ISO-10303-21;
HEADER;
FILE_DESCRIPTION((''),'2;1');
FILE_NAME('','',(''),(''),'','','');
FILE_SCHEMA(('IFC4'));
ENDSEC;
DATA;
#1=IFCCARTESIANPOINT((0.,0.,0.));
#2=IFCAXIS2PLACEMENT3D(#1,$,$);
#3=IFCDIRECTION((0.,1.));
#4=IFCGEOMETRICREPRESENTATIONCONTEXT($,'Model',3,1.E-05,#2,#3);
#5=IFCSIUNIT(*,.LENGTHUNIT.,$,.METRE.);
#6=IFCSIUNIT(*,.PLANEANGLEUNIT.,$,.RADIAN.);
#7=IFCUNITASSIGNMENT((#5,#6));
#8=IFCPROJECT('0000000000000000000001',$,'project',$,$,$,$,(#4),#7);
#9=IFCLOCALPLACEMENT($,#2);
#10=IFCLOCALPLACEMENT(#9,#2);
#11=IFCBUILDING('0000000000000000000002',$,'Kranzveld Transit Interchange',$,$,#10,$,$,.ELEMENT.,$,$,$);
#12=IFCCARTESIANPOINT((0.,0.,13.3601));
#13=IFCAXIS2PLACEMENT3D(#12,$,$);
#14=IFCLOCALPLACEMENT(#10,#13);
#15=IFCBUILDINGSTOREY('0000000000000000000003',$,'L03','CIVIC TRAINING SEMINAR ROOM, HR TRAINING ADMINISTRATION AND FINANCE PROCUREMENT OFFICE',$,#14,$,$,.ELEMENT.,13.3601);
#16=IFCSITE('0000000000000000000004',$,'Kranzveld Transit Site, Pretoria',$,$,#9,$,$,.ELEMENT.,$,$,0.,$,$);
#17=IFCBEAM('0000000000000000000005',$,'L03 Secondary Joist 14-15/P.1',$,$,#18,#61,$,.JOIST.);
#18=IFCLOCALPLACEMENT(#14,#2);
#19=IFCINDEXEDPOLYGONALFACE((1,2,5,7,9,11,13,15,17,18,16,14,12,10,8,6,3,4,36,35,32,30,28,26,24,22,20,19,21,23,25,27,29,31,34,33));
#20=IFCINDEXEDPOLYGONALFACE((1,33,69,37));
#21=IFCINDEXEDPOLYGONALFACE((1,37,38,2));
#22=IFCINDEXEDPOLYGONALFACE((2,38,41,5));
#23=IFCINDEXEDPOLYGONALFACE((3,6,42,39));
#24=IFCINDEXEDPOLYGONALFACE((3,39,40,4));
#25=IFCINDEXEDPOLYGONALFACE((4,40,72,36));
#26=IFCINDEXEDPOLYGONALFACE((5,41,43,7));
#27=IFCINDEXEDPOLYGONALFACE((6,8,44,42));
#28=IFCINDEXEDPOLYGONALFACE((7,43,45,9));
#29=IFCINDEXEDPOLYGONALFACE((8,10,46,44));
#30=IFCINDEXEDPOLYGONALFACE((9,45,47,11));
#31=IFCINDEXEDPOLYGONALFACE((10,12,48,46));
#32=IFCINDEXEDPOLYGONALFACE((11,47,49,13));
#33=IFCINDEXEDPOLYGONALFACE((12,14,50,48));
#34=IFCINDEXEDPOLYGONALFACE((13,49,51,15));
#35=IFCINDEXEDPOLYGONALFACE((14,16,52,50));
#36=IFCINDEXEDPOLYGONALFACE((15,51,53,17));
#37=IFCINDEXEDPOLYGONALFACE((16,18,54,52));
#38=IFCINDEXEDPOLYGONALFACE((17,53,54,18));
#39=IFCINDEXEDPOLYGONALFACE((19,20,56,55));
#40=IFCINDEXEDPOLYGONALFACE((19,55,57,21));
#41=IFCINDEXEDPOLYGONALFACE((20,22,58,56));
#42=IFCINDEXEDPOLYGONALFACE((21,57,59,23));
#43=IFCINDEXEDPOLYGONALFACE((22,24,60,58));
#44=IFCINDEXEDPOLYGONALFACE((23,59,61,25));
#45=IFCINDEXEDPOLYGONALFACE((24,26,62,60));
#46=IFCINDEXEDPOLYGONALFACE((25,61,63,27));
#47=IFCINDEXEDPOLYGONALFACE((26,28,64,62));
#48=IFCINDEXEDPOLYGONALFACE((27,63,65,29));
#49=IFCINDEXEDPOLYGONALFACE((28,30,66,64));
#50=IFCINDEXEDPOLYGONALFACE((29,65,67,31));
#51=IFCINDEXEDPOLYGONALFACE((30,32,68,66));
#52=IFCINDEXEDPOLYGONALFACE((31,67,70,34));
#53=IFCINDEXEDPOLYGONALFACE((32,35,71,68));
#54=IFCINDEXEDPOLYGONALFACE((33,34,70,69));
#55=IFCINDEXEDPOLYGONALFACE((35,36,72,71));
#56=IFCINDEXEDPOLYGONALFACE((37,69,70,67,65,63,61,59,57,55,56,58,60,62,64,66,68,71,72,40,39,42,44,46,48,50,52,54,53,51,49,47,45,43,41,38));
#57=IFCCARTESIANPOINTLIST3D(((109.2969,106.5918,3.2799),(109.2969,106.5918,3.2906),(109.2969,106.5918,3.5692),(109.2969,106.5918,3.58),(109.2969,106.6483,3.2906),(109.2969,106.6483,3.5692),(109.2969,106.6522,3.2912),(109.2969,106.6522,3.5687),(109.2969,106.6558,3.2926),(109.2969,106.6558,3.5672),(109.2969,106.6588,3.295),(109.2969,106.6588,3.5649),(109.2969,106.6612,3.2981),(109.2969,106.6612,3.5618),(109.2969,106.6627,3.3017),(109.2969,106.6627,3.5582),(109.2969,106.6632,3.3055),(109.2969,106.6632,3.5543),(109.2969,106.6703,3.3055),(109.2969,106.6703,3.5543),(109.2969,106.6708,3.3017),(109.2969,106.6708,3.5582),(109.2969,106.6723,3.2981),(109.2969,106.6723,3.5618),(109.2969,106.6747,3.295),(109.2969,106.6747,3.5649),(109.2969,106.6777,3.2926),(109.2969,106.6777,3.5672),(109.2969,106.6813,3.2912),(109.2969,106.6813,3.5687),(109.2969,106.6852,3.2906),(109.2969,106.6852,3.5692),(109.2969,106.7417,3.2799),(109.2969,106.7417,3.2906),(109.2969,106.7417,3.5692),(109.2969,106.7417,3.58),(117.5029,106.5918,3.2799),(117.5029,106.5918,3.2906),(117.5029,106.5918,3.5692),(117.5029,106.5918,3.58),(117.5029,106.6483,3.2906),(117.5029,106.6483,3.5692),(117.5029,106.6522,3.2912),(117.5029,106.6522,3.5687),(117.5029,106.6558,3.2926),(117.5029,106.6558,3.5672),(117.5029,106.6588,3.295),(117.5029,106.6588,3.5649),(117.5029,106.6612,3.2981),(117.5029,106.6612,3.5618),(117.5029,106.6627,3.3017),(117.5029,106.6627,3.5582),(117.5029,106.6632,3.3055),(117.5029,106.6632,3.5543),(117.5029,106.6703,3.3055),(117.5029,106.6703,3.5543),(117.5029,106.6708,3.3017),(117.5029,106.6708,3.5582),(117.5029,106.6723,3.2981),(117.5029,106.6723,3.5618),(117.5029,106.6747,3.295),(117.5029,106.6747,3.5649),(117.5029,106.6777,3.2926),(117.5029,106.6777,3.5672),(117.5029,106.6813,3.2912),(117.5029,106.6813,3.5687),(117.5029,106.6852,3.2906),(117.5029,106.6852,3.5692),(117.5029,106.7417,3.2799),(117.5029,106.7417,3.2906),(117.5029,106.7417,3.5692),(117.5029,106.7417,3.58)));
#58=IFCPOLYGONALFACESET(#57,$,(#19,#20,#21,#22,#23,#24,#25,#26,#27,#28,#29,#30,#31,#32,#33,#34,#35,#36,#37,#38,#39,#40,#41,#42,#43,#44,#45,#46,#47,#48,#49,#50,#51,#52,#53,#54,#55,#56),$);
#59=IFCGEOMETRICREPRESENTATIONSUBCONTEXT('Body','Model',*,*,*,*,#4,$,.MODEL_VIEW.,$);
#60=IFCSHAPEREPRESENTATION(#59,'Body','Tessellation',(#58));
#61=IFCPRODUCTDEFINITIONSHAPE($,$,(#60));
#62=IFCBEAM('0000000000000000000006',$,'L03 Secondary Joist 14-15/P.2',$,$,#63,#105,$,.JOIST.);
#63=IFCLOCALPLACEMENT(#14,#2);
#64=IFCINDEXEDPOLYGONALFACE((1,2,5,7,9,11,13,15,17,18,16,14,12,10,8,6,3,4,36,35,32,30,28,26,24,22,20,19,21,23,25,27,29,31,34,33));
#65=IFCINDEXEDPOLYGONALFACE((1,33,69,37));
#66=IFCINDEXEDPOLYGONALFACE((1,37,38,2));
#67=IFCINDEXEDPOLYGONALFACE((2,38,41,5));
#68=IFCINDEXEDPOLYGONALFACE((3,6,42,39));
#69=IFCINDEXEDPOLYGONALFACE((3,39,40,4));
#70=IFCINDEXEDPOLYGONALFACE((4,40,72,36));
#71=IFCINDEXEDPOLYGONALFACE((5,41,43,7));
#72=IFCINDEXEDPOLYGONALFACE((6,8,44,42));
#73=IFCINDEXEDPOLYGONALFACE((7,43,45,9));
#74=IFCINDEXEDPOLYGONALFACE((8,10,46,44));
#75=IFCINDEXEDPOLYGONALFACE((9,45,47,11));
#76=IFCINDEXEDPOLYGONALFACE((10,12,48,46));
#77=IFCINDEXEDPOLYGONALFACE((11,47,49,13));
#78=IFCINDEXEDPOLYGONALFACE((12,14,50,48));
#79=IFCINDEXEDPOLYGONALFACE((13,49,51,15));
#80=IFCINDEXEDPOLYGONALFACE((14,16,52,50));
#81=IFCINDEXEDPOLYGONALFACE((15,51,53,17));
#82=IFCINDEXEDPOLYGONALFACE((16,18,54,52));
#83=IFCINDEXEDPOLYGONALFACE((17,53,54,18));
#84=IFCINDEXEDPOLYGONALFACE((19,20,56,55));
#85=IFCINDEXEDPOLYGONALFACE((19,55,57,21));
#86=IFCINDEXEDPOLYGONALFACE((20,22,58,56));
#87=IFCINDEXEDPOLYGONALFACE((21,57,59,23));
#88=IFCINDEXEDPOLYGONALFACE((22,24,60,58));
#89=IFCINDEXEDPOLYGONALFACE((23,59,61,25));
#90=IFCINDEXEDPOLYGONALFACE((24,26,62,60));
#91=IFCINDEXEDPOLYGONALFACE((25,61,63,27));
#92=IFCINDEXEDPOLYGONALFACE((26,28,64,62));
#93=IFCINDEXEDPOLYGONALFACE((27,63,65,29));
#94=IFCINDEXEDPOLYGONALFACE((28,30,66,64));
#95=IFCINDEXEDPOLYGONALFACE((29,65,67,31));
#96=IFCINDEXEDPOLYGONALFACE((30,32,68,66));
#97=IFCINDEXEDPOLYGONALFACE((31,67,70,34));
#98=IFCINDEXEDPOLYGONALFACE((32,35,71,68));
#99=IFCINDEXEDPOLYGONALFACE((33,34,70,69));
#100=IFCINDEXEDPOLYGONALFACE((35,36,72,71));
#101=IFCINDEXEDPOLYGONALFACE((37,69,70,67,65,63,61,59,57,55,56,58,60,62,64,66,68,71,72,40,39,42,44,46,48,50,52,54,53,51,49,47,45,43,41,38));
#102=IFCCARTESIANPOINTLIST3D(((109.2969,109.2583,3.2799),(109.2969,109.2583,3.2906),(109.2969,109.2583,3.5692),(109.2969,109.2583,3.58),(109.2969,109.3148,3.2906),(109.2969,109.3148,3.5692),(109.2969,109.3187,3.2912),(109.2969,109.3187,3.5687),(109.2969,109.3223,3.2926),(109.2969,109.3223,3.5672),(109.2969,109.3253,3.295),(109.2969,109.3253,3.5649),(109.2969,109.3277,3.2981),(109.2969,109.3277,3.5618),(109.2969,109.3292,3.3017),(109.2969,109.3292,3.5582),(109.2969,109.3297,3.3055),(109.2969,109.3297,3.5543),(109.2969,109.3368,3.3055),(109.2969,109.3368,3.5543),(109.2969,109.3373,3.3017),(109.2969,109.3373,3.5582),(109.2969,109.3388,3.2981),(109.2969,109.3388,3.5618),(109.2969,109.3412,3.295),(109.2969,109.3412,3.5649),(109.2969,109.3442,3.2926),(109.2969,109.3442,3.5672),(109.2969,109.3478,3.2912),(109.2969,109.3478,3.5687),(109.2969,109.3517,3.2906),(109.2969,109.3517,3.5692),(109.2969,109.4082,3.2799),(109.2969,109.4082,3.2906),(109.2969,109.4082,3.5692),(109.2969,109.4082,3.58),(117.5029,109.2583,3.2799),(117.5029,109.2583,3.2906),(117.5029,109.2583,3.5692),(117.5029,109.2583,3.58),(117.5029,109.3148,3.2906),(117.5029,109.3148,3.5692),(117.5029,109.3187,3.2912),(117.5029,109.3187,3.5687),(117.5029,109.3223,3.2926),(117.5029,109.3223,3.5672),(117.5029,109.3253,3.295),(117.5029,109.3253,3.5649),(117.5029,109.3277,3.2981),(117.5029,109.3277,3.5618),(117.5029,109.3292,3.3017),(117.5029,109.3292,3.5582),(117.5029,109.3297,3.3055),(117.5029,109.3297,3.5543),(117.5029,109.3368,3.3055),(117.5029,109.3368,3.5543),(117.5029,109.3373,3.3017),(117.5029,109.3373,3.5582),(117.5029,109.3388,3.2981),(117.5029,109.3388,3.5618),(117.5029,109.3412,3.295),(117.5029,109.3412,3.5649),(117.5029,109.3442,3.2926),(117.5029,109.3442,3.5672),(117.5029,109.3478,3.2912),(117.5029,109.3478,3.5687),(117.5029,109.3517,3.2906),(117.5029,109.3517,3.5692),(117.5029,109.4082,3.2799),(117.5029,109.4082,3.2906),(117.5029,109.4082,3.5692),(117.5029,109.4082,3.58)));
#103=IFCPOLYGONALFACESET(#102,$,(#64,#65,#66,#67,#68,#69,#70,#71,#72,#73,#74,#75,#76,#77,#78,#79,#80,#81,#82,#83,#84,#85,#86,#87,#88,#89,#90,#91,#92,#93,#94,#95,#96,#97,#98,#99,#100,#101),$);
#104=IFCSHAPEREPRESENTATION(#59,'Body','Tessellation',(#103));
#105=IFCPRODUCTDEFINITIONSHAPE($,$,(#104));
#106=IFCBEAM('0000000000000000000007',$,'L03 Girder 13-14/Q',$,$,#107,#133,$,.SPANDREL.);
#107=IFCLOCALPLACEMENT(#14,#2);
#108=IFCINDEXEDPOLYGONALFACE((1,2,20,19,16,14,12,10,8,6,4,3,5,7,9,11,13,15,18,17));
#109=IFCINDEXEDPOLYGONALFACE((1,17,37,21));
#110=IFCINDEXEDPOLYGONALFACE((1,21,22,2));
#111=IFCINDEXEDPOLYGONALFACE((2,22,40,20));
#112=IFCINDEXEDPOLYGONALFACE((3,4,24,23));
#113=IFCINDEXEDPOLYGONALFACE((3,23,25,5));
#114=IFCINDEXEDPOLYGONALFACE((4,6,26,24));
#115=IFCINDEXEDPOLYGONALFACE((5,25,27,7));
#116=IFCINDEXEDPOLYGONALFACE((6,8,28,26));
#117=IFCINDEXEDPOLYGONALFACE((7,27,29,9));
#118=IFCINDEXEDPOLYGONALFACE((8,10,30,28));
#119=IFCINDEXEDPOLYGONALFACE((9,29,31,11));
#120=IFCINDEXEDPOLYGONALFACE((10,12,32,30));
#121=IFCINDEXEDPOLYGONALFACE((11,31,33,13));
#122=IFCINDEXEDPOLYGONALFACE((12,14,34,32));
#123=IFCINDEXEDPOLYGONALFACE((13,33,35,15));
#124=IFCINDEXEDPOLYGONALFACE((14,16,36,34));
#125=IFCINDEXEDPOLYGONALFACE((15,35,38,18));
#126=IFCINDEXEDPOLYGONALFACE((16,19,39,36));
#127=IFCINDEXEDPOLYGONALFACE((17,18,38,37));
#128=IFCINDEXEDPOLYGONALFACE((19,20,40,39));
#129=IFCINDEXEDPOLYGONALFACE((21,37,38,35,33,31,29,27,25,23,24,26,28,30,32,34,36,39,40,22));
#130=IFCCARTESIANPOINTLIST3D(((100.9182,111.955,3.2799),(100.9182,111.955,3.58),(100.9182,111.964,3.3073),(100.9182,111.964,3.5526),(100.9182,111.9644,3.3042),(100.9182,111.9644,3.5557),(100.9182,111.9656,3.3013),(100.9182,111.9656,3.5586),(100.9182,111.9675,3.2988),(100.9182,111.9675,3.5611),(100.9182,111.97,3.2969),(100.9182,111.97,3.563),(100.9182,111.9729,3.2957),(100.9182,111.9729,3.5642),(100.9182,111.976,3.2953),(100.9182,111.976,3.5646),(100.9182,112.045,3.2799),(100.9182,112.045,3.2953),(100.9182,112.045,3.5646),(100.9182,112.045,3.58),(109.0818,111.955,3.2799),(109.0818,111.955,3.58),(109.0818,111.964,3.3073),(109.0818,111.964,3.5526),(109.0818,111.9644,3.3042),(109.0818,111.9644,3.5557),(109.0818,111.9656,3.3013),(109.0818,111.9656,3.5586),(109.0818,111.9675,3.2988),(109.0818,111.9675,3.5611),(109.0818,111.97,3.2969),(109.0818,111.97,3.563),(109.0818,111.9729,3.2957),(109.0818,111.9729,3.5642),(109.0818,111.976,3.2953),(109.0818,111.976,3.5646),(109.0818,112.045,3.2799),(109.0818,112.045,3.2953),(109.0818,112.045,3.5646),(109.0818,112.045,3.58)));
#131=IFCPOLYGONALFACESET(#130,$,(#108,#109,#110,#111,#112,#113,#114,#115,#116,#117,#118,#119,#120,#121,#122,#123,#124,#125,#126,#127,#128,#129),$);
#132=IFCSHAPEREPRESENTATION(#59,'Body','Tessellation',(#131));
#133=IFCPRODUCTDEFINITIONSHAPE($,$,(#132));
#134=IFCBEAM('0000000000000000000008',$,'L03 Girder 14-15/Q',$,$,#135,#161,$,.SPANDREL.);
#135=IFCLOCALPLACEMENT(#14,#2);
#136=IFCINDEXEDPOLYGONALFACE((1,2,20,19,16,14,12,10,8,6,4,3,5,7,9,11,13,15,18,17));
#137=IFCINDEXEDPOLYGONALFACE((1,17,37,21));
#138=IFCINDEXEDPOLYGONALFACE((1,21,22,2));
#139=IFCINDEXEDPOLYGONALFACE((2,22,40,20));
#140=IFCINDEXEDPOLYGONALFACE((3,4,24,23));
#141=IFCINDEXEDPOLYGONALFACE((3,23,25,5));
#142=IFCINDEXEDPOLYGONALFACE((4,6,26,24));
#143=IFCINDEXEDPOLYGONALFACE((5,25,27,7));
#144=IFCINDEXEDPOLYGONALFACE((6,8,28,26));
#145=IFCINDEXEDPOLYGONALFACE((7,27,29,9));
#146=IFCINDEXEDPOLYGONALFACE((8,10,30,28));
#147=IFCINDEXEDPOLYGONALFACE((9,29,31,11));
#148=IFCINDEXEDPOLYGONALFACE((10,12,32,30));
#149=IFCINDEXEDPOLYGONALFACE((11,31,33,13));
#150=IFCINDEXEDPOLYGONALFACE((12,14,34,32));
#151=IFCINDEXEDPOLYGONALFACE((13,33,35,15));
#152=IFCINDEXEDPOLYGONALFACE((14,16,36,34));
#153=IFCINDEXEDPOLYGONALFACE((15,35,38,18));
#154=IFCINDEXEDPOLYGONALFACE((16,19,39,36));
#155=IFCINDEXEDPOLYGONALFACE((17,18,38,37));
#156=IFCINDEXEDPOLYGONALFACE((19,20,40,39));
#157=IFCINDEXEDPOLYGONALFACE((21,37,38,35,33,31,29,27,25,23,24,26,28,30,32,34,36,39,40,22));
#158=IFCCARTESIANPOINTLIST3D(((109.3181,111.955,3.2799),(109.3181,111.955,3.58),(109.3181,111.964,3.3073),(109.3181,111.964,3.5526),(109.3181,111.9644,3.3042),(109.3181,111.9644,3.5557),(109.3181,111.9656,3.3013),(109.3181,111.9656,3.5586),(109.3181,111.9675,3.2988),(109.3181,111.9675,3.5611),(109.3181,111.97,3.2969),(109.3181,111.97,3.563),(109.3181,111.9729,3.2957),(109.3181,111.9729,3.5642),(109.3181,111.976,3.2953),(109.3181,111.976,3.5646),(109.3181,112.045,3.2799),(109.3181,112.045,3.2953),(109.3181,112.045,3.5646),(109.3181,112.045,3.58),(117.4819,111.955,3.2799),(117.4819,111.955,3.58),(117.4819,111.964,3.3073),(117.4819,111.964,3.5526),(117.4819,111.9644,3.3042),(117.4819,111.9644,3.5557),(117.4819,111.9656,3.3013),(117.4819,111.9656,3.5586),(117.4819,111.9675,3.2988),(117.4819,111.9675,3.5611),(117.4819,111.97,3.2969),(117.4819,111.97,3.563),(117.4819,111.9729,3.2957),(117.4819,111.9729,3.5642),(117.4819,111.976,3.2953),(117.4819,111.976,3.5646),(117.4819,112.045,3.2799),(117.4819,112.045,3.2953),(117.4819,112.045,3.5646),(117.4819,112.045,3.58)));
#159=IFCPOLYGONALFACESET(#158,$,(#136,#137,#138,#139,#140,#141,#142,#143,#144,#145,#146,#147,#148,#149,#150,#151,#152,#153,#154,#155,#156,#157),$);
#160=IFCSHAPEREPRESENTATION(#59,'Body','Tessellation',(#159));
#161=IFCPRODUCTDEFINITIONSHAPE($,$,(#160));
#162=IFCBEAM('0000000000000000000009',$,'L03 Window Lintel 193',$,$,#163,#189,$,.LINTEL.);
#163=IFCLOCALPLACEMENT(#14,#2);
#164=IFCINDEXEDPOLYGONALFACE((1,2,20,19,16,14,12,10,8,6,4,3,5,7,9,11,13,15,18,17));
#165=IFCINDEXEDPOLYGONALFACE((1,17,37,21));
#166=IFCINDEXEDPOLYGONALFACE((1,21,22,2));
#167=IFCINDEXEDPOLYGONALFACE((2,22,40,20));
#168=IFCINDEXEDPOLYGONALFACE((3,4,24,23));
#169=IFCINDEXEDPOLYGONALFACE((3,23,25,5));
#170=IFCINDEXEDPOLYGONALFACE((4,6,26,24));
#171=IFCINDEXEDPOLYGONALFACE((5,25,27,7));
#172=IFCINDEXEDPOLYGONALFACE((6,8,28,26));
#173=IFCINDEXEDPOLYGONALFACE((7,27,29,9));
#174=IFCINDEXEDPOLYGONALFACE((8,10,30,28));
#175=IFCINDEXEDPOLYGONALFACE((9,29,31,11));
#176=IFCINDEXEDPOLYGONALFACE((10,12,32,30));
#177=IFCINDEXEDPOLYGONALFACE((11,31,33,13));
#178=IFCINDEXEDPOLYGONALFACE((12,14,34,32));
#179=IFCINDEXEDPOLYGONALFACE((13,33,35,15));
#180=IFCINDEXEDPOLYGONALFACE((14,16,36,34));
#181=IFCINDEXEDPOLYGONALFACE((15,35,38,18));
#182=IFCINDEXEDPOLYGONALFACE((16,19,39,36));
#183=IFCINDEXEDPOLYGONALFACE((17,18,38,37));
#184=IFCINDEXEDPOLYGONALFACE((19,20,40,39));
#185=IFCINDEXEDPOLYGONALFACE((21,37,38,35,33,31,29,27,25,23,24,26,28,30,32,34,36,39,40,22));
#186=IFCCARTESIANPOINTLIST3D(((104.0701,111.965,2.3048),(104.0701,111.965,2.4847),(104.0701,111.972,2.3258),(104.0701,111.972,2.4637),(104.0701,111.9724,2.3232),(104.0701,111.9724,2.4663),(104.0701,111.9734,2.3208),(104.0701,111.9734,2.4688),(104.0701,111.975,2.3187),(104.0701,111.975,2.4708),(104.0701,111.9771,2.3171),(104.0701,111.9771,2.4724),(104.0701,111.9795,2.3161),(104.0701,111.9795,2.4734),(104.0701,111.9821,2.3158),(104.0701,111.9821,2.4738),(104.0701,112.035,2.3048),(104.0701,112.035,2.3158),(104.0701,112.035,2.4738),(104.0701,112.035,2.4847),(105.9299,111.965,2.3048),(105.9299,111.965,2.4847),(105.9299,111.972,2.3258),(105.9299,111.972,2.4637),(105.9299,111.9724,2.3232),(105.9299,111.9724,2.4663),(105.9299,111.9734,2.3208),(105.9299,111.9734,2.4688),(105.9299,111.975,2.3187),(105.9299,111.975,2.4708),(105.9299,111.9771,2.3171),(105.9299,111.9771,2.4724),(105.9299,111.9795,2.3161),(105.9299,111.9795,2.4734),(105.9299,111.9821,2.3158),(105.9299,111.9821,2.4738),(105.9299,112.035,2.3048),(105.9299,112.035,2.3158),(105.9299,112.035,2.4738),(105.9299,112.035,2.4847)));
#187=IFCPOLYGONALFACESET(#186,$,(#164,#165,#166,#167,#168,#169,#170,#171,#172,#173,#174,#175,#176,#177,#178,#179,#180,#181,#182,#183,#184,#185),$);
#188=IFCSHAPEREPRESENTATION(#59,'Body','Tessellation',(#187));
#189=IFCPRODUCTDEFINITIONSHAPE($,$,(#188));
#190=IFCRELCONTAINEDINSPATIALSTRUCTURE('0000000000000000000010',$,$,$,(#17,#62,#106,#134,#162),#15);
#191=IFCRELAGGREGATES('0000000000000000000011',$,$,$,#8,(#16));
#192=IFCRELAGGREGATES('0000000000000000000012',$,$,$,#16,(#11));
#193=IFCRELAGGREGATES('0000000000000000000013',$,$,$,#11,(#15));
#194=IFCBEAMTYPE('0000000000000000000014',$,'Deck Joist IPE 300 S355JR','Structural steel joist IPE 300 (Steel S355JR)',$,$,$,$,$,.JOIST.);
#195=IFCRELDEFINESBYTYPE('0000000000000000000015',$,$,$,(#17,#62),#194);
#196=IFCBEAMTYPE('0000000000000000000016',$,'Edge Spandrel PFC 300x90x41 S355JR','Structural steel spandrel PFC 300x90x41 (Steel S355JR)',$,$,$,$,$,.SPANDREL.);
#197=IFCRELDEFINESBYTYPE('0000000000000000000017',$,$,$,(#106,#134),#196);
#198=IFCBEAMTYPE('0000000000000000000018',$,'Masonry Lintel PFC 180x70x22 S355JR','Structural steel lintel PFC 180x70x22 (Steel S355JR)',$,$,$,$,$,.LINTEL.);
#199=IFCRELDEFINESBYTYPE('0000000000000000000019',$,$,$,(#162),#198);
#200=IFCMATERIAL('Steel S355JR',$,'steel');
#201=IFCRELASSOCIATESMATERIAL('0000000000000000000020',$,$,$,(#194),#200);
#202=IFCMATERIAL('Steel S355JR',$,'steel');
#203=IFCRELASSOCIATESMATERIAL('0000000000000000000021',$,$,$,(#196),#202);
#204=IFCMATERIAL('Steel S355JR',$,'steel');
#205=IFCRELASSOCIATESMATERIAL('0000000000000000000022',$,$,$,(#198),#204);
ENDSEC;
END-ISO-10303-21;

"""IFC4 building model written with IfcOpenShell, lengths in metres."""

from ifc_helpers import new_model, si_unit, direction, frame, origin, origin_2d, place, context, subcontext, project, spatial, i_section, u_section, extrude, material, material_profile, profile_set, type_object, element, save


model = new_model("IFC4")

# Units and contexts
model_context = context("Model", 3, precision=1e-05, world=origin(), true_north=direction((0.0, 1.0)))
body_context = subcontext(model_context, "Body", "Model", "MODEL_VIEW")
ifc_project = project(units=[si_unit("LENGTHUNIT", "METRE"), si_unit("PLANEANGLEUNIT", "RADIAN")], contexts=[model_context])

# Site, building, storey
site_placement = place(None, origin())
site = spatial("IfcSite", under=ifc_project, at=site_placement, Name="Kranzveld Transit Site, Pretoria", CompositionType="ELEMENT", RefElevation=0.0)
building_placement = place(site_placement, origin())
building = spatial("IfcBuilding", under=site, at=building_placement, Name="Kranzveld Transit Interchange", CompositionType="ELEMENT")
storey_placement = place(building_placement, frame((0.0, 0.0, 13.3601)))
storey = spatial("IfcBuildingStorey", under=building, at=storey_placement, Name="L03", Description="CIVIC TRAINING SEMINAR ROOM, HR TRAINING ADMINISTRATION AND FINANCE PROCUREMENT OFFICE", CompositionType="ELEMENT", Elevation=13.3601)

# Beams
ifc_material_1 = material(Name="Steel S355JR", Category="steel")
ifc_material_profile_1 = material_profile(ifc_material_1, i_section(OverallWidth=0.1499, OverallDepth=0.3, WebThickness=0.0071, FlangeThickness=0.0107, FilletRadius=0.0149, at=origin_2d()), Name="IPE 300")
ifc_profile_set_1 = profile_set([ifc_material_profile_1], Name="Steel S355JR")
beam_type_1 = type_object("IfcBeamType", Name="Deck Joist IPE 300 S355JR", Description="Structural steel joist IPE 300 (Steel S355JR)", PredefinedType="JOIST", material=ifc_profile_set_1)
for number, where, z_axis, x_axis, name in (
    (1, (109.2969, 106.6667, 3.4299), (1.0, 0.0, 0.0), (0.0, 1.0, 0.0), "L03 Secondary Joist 14-15/P.1"),
    (2, (109.2969, 109.3333, 3.4299), (1.0, 0.0, 0.0), (0.0, 1.0, 0.0), "L03 Secondary Joist 14-15/P.2"),
):
    element("IfcBeam", number, at=place(storey_placement, frame(where, z_axis=z_axis, x_axis=x_axis)), inside=storey, type_object=beam_type_1, Name=name, PredefinedType="JOIST", context=body_context, shape_type="SweptSolid", body=[
        extrude(i_section(OverallWidth=0.1499, OverallDepth=0.3, WebThickness=0.0071, FlangeThickness=0.0107, FilletRadius=0.0149, at=origin_2d()), origin(), (0.0, 0.0, 1.0), 8.2061),
    ])
ifc_material_2 = material(Name="Steel S355JR", Category="steel")
ifc_material_profile_2 = material_profile(ifc_material_2, u_section(Depth=0.3, FlangeWidth=0.0901, WebThickness=0.009, FlangeThickness=0.0154, FilletRadius=0.012, at=origin_2d()), Name="PFC 300x90x41")
ifc_profile_set_2 = profile_set([ifc_material_profile_2], Name="Steel S355JR")
beam_type_2 = type_object("IfcBeamType", Name="Edge Spandrel PFC 300x90x41 S355JR", Description="Structural steel spandrel PFC 300x90x41 (Steel S355JR)", PredefinedType="SPANDREL", material=ifc_profile_set_2)
beam_1_placement = place(storey_placement, frame((100.9182, 112.0, 3.4299), z_axis=(1.0, 0.0, 0.0), x_axis=(0.0, 1.0, 0.0)))
element("IfcBeam", 3, at=beam_1_placement, inside=storey, type_object=beam_type_2, Name="L03 Girder 13-14/Q", PredefinedType="SPANDREL", context=body_context, shape_type="SweptSolid", body=[
    extrude(u_section(Depth=0.3, FlangeWidth=0.0901, WebThickness=0.009, FlangeThickness=0.0154, FilletRadius=0.012, at=origin_2d()), origin(), (0.0, 0.0, 1.0), 8.1636),
])
beam_2_placement = place(storey_placement, frame((109.3181, 112.0, 3.4299), z_axis=(1.0, 0.0, 0.0), x_axis=(0.0, 1.0, 0.0)))
element("IfcBeam", 4, at=beam_2_placement, inside=storey, type_object=beam_type_2, Name="L03 Girder 14-15/Q", PredefinedType="SPANDREL", context=body_context, shape_type="SweptSolid", body=[
    extrude(u_section(Depth=0.3, FlangeWidth=0.0901, WebThickness=0.009, FlangeThickness=0.0154, FilletRadius=0.012, at=origin_2d()), origin(), (0.0, 0.0, 1.0), 8.1638),
])
ifc_material_3 = material(Name="Steel S355JR", Category="steel")
ifc_material_profile_3 = material_profile(ifc_material_3, u_section(Depth=0.1799, FlangeWidth=0.0701, WebThickness=0.0071, FlangeThickness=0.011, FilletRadius=0.01, at=origin_2d()), Name="PFC 180x70x22")
ifc_profile_set_3 = profile_set([ifc_material_profile_3], Name="Steel S355JR")
beam_type_3 = type_object("IfcBeamType", Name="Masonry Lintel PFC 180x70x22 S355JR", Description="Structural steel lintel PFC 180x70x22 (Steel S355JR)", PredefinedType="LINTEL", material=ifc_profile_set_3)
beam_3_placement = place(storey_placement, frame((104.0701, 112.0, 2.3948), z_axis=(1.0, 0.0, 0.0), x_axis=(0.0, 1.0, 0.0)))
element("IfcBeam", 5, at=beam_3_placement, inside=storey, type_object=beam_type_3, Name="L03 Window Lintel 193", PredefinedType="LINTEL", context=body_context, shape_type="SweptSolid", body=[
    extrude(u_section(Depth=0.1799, FlangeWidth=0.0701, WebThickness=0.0071, FlangeThickness=0.011, FilletRadius=0.01, at=origin_2d()), origin(), (0.0, 0.0, 1.0), 1.8599),
])

save(model, "model.ifc")
